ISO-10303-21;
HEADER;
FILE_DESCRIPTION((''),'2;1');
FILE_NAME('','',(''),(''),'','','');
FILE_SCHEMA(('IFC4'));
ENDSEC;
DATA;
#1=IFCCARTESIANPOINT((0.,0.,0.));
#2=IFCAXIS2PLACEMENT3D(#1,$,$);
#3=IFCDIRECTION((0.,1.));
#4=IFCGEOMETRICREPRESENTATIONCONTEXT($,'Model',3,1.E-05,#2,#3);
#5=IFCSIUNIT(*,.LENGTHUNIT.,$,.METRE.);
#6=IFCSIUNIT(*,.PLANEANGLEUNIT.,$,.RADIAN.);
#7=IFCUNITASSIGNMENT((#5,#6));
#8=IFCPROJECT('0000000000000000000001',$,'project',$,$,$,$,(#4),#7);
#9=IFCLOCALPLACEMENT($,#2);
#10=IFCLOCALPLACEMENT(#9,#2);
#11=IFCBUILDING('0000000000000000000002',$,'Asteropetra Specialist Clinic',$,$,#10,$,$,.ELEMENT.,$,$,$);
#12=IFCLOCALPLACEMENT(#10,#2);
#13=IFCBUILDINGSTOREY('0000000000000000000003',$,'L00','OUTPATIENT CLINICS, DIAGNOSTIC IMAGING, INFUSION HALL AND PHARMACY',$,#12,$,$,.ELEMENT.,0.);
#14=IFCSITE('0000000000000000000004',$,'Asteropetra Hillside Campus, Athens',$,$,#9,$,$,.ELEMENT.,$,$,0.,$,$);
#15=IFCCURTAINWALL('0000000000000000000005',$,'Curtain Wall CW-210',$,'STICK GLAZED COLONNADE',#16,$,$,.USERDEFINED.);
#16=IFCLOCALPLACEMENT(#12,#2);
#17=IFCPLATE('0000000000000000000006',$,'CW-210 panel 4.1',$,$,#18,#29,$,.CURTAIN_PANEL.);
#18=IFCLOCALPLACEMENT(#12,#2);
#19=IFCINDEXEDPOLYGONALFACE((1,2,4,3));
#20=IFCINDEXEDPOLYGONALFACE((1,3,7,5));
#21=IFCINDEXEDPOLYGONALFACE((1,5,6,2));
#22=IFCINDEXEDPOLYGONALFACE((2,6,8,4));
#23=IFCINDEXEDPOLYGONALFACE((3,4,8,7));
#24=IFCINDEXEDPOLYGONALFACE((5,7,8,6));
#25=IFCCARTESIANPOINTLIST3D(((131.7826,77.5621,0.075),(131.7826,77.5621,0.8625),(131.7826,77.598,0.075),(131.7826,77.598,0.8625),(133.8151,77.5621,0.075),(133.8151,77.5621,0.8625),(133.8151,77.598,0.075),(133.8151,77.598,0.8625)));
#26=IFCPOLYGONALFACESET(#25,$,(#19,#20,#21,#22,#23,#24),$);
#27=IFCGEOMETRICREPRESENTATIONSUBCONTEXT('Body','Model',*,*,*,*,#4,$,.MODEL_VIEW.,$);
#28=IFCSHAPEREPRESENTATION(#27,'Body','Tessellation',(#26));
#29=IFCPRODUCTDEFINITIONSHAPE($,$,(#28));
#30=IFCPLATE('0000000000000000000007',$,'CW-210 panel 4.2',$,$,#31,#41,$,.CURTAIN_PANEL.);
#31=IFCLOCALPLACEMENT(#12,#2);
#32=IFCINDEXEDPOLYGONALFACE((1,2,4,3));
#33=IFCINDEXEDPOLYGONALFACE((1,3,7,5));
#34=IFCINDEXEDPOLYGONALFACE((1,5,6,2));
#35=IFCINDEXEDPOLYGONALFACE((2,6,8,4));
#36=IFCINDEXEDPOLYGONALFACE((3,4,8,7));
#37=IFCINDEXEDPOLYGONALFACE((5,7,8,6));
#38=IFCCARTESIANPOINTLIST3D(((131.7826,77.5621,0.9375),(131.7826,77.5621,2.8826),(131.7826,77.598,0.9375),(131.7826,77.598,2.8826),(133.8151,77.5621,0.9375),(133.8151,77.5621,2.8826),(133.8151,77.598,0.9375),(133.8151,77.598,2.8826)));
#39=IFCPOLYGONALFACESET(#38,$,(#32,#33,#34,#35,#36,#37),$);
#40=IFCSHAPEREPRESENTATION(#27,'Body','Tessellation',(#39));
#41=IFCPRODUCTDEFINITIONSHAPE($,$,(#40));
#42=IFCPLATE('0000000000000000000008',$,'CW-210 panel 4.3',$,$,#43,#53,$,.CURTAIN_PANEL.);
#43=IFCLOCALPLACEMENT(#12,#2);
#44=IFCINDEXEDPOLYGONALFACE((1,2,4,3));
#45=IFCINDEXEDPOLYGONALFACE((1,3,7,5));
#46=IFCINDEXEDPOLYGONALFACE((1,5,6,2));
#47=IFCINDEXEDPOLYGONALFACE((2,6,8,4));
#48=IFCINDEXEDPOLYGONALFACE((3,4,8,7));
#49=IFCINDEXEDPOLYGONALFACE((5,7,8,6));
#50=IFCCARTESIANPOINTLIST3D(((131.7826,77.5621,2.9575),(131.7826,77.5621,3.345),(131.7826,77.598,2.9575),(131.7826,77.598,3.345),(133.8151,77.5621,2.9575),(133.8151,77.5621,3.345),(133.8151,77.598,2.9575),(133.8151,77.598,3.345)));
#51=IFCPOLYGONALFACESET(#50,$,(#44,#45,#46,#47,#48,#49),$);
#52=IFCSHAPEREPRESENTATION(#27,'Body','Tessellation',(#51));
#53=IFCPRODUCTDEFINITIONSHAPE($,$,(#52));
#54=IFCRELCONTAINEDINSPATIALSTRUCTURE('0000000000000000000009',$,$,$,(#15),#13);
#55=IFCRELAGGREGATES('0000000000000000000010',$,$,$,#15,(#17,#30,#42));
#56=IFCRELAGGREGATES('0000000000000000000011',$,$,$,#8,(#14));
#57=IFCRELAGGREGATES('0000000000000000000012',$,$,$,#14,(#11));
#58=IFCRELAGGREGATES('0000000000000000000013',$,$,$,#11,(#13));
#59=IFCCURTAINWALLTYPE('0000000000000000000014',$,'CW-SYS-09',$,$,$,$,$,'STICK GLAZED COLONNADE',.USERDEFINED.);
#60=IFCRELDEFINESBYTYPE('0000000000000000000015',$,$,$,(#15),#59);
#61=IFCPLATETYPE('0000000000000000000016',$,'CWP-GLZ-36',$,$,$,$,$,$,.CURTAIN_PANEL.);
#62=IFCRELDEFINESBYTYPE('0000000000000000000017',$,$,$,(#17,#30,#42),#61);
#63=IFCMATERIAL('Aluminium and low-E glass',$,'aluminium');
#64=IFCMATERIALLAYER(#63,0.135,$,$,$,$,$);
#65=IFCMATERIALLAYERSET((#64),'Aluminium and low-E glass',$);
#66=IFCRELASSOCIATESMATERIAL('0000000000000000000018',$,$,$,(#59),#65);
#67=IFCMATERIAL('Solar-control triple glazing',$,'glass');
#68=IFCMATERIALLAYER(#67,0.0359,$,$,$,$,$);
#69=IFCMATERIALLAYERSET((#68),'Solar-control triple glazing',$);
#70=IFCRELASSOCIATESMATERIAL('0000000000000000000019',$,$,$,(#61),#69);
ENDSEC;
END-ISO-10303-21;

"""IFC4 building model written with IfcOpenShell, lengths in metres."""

from ifc_helpers import new_model, si_unit, direction, frame, origin, origin_2d, place, context, subcontext, project, spatial, rectangle, extrude, material, layer, layer_set, type_object, element, aggregate, save


model = new_model("IFC4")

# Units and contexts
model_context = context("Model", 3, precision=1e-05, world=origin(), true_north=direction((0.0, 1.0)))
body_context = subcontext(model_context, "Body", "Model", "MODEL_VIEW")
ifc_project = project(units=[si_unit("LENGTHUNIT", "METRE"), si_unit("PLANEANGLEUNIT", "RADIAN")], contexts=[model_context])

# Site, building, storey
site_placement = place(None, origin())
site = spatial("IfcSite", under=ifc_project, at=site_placement, Name="Asteropetra Hillside Campus, Athens", CompositionType="ELEMENT", RefElevation=0.0)
building_placement = place(site_placement, origin())
building = spatial("IfcBuilding", under=site, at=building_placement, Name="Asteropetra Specialist Clinic", CompositionType="ELEMENT")
storey_placement = place(building_placement, origin())
storey = spatial("IfcBuildingStorey", under=building, at=storey_placement, Name="L00", Description="OUTPATIENT CLINICS, DIAGNOSTIC IMAGING, INFUSION HALL AND PHARMACY", CompositionType="ELEMENT", Elevation=0.0)

# Curtain wall, plates
ifc_material_1 = material(Name="Aluminium and low-E glass", Category="aluminium")
ifc_layer_1 = layer(ifc_material_1, 0.135)
ifc_layer_set_1 = layer_set([ifc_layer_1], Name="Aluminium and low-E glass")
curtain_wall_type = type_object("IfcCurtainWallType", Name="CW-SYS-09", ElementType="STICK GLAZED COLONNADE", PredefinedType="USERDEFINED", material=ifc_layer_set_1)
curtain_wall_placement = place(storey_placement, origin())
curtain_wall = element("IfcCurtainWall", 1, at=curtain_wall_placement, inside=storey, type_object=curtain_wall_type, Name="Curtain Wall CW-210", ObjectType="STICK GLAZED COLONNADE", PredefinedType="USERDEFINED")
ifc_material_2 = material(Name="Solar-control triple glazing", Category="glass")
ifc_layer_2 = layer(ifc_material_2, 0.0359)
ifc_layer_set_2 = layer_set([ifc_layer_2], Name="Solar-control triple glazing")
plate_type = type_object("IfcPlateType", Name="CWP-GLZ-36", PredefinedType="CURTAIN_PANEL", material=ifc_layer_set_2)
plate_1_placement = place(storey_placement, frame((132.7988, 77.5801, 0.075), z_axis=(0.0, 0.0, 1.0), x_axis=(1.0, 0.0, 0.0)))
plate_1 = element("IfcPlate", 2, at=plate_1_placement, type_object=plate_type, Name="CW-210 panel 4.1", PredefinedType="CURTAIN_PANEL", context=body_context, shape_type="SweptSolid", body=[
    extrude(rectangle(XDim=2.0325, YDim=0.0359, at=origin_2d()), origin(), (0.0, 0.0, 1.0), 0.7876),
])
plate_2_placement = place(storey_placement, frame((132.7988, 77.5801, 0.9375), z_axis=(0.0, 0.0, 1.0), x_axis=(1.0, 0.0, 0.0)))
plate_2 = element("IfcPlate", 3, at=plate_2_placement, type_object=plate_type, Name="CW-210 panel 4.2", PredefinedType="CURTAIN_PANEL", context=body_context, shape_type="SweptSolid", body=[
    extrude(rectangle(XDim=2.0325, YDim=0.0359, at=origin_2d()), origin(), (0.0, 0.0, 1.0), 1.9451),
])
plate_3_placement = place(storey_placement, frame((132.7988, 77.5801, 2.9575), z_axis=(0.0, 0.0, 1.0), x_axis=(1.0, 0.0, 0.0)))
plate_3 = element("IfcPlate", 4, at=plate_3_placement, type_object=plate_type, Name="CW-210 panel 4.3", PredefinedType="CURTAIN_PANEL", context=body_context, shape_type="SweptSolid", body=[
    extrude(rectangle(XDim=2.0325, YDim=0.0359, at=origin_2d()), origin(), (0.0, 0.0, 1.0), 0.3875),
])
aggregate(curtain_wall, [plate_1, plate_2, plate_3])

save(model, "model.ifc")
